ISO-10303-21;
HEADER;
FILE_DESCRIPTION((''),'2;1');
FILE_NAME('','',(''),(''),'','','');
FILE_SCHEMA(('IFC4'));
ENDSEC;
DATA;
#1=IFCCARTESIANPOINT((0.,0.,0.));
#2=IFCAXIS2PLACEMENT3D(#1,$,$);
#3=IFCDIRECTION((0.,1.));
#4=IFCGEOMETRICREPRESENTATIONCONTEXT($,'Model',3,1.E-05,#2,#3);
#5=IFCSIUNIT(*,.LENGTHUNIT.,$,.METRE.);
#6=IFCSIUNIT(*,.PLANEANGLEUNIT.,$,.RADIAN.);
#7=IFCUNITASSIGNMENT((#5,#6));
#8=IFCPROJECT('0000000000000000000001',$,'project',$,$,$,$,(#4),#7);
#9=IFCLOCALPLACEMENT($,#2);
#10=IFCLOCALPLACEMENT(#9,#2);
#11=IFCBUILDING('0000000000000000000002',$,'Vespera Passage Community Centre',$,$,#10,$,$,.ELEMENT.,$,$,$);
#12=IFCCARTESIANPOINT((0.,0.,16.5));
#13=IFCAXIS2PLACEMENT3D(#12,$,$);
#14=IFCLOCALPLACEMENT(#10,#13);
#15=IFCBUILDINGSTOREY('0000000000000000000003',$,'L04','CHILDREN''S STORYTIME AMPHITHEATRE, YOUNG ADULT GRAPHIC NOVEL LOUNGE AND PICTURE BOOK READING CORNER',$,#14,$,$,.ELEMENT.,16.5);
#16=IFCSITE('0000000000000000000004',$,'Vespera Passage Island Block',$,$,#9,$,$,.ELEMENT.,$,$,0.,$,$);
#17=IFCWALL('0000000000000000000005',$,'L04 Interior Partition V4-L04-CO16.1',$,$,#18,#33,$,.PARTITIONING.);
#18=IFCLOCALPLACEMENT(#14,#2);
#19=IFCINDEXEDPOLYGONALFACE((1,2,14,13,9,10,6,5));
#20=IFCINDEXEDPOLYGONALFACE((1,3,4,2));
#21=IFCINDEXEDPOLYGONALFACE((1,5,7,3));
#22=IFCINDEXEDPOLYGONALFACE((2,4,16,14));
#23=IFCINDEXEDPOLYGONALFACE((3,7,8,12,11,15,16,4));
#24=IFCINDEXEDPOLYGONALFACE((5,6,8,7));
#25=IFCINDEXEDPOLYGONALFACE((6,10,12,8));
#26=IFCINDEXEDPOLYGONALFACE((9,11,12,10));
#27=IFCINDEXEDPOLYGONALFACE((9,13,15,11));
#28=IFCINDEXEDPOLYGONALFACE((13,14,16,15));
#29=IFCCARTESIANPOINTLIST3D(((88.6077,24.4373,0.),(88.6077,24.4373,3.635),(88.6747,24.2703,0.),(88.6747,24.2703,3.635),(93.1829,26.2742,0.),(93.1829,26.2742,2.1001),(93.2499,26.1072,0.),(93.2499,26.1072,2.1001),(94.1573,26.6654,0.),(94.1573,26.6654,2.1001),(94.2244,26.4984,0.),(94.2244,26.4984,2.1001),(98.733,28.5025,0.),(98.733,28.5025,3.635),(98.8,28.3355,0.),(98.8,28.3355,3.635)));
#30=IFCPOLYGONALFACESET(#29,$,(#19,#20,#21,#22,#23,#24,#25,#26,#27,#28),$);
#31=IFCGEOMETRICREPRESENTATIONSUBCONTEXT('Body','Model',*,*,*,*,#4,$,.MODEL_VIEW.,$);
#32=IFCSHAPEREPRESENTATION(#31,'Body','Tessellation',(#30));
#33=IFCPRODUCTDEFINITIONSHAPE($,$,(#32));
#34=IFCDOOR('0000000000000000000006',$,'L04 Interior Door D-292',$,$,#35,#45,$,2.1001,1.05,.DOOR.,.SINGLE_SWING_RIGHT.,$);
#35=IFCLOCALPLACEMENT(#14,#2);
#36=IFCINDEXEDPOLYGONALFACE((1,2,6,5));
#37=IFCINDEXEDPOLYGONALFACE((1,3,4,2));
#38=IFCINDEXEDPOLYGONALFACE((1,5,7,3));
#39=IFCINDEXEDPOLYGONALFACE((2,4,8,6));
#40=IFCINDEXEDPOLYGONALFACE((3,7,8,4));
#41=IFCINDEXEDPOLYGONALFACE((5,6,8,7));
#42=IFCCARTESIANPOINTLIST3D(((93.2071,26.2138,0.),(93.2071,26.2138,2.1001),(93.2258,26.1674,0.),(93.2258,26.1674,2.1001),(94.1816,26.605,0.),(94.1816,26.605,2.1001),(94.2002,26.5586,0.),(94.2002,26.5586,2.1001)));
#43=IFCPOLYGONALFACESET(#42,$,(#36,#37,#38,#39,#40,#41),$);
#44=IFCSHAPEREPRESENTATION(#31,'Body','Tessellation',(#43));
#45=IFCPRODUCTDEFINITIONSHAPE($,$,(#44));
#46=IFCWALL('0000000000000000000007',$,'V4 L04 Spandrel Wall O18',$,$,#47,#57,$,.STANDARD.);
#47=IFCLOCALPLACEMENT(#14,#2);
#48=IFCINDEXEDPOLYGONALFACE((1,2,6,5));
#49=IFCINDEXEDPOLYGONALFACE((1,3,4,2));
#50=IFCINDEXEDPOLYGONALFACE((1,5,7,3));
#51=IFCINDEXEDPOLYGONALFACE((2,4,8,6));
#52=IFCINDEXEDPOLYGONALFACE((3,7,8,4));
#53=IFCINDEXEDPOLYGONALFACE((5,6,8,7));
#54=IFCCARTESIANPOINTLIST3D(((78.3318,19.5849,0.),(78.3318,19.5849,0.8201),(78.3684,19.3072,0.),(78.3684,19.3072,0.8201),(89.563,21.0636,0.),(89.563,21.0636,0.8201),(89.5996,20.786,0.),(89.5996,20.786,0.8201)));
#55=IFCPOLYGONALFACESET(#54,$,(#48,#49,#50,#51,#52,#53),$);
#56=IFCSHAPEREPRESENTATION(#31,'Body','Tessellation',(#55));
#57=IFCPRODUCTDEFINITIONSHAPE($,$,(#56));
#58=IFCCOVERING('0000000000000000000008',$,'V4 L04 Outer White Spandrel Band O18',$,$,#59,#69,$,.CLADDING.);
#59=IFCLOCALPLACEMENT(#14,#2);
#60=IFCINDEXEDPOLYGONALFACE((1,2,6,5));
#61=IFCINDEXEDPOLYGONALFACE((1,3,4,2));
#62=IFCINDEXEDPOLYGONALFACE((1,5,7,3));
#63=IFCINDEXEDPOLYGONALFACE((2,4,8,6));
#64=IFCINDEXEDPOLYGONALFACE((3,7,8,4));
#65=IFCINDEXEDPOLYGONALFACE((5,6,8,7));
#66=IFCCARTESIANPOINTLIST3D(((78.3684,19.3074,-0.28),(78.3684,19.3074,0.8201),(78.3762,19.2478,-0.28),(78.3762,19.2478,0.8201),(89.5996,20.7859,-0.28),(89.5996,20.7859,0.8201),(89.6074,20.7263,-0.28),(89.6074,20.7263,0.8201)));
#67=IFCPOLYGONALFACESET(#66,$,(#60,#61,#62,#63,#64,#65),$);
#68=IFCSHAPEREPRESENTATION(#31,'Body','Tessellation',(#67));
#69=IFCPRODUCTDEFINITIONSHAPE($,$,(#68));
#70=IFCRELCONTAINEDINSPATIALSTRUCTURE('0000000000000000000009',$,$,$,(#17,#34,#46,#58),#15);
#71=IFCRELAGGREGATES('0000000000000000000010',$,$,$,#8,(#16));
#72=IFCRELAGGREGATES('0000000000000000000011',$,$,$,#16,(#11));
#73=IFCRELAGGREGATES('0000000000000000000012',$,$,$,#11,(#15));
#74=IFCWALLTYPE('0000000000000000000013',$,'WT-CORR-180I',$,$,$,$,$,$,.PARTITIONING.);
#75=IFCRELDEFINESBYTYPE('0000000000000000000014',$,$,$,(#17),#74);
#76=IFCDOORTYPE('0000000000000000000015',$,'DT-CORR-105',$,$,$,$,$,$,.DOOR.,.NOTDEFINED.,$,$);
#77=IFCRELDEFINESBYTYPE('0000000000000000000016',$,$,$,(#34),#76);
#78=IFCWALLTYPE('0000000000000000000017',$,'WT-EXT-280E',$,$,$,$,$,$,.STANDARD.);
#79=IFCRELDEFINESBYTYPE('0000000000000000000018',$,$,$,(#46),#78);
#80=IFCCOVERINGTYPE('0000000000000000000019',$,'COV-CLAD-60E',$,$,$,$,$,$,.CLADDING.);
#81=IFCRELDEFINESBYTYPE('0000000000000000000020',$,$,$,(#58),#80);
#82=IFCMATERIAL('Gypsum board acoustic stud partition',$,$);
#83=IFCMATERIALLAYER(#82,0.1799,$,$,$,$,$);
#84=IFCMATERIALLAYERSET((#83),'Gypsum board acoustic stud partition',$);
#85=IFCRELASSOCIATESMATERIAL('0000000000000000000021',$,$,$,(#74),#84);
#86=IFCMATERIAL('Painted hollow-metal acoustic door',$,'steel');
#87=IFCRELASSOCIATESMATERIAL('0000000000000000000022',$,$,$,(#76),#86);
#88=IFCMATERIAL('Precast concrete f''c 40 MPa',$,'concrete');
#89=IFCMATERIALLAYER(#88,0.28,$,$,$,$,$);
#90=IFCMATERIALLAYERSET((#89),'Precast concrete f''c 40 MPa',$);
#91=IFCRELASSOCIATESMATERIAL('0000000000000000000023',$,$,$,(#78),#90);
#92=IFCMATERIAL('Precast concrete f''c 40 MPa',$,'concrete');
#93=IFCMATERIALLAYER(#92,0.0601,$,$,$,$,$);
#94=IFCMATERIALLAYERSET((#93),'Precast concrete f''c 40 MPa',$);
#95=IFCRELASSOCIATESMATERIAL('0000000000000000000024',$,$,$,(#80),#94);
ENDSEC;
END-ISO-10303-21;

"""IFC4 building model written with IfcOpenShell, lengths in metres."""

from ifc_helpers import new_model, si_unit, direction, frame, frame_2d, origin, place, context, subcontext, project, spatial, rectangle, extrude, material, layer, layer_set, type_object, element, fill, save


model = new_model("IFC4")

# Units and contexts
model_context = context("Model", 3, precision=1e-05, world=origin(), true_north=direction((0.0, 1.0)))
body_context = subcontext(model_context, "Body", "Model", "MODEL_VIEW")
ifc_project = project(units=[si_unit("LENGTHUNIT", "METRE"), si_unit("PLANEANGLEUNIT", "RADIAN")], contexts=[model_context])

# Site, building, storey
site_placement = place(None, origin())
site = spatial("IfcSite", under=ifc_project, at=site_placement, Name="Vespera Passage Island Block", CompositionType="ELEMENT", RefElevation=0.0)
building_placement = place(site_placement, origin())
building = spatial("IfcBuilding", under=site, at=building_placement, Name="Vespera Passage Community Centre", CompositionType="ELEMENT")
storey_placement = place(building_placement, frame((0.0, 0.0, 16.5)))
storey = spatial("IfcBuildingStorey", under=building, at=storey_placement, Name="L04", Description="CHILDREN'S STORYTIME AMPHITHEATRE, YOUNG ADULT GRAPHIC NOVEL LOUNGE AND PICTURE BOOK READING CORNER", CompositionType="ELEMENT", Elevation=16.5)

# Wall, opening, door
ifc_material_1 = material(Name="Gypsum board acoustic stud partition")
ifc_layer_1 = layer(ifc_material_1, 0.1799)
ifc_layer_set_1 = layer_set([ifc_layer_1], Name="Gypsum board acoustic stud partition")
wall_type_1 = type_object("IfcWallType", Name="WT-CORR-180I", PredefinedType="PARTITIONING", material=ifc_layer_set_1)
wall_1_placement = place(storey_placement, frame((88.6411, 24.3538, 0.0), z_axis=(0.0, 0.0, 1.0), x_axis=(0.927999, 0.372582, 0.0)))
wall_1 = element("IfcWall", 1, at=wall_1_placement, inside=storey, type_object=wall_type_1, Name="L04 Interior Partition V4-L04-CO16.1", PredefinedType="PARTITIONING", context=body_context, shape_type="SweptSolid", body=[
    extrude(rectangle(XDim=10.9109, YDim=0.1799, at=frame_2d((5.4556, 0.0))), origin(), (0.0, 0.0, 1.0), 3.635),
])
opening_placement = place(wall_1_placement, frame((4.9304, 0.0, 0.0)))
opening = element("IfcOpeningElement", 2, at=opening_placement, cuts=wall_1, PredefinedType="OPENING", context=body_context, shape_type="SweptSolid", body=[
    extrude(rectangle(XDim=1.05, YDim=2.1001, at=frame_2d((0.5249, 1.05))), frame((0.0, 0.0999, 0.0), z_axis=(0.0, -1.0, 0.0), x_axis=(1.0, 0.0, 0.0)), (0.0, 0.0, 1.0), 0.2),
])
ifc_material_2 = material(Name="Painted hollow-metal acoustic door", Category="steel")
door_type = type_object("IfcDoorType", Name="DT-CORR-105", OperationType="NOTDEFINED", PredefinedType="DOOR", material=ifc_material_2)
door_placement = place(opening_placement, origin())
door = element("IfcDoor", 3, at=door_placement, inside=storey, type_object=door_type, Name="L04 Interior Door D-292", OperationType="SINGLE_SWING_RIGHT", OverallHeight=2.1001, OverallWidth=1.05, PredefinedType="DOOR", context=body_context, shape_type="SweptSolid", body=[
    extrude(rectangle(XDim=1.05, YDim=2.1001, at=frame_2d((0.5249, 1.05))), frame((0.0, 0.0249, 0.0), z_axis=(0.0, -1.0, 0.0), x_axis=(1.0, 0.0, 0.0)), (0.0, 0.0, 1.0), 0.05),
])
fill(opening, door)

# Wall
ifc_material_3 = material(Name="Precast concrete f'c 40 MPa", Category="concrete")
ifc_layer_2 = layer(ifc_material_3, 0.28)
ifc_layer_set_2 = layer_set([ifc_layer_2], Name="Precast concrete f'c 40 MPa")
wall_type_2 = type_object("IfcWallType", Name="WT-EXT-280E", PredefinedType="STANDARD", material=ifc_layer_set_2)
wall_2_placement = place(storey_placement, frame((89.5813, 20.9248, 0.0), z_axis=(0.0, 0.0, 1.0), x_axis=(-0.991443, -0.130539, 0.0)))
element("IfcWall", 4, at=wall_2_placement, inside=storey, type_object=wall_type_2, Name="V4 L04 Spandrel Wall O18", PredefinedType="STANDARD", context=body_context, shape_type="SweptSolid", body=[
    extrude(rectangle(XDim=11.3281, YDim=0.28, at=frame_2d((5.6641, 0.0))), origin(), (0.0, 0.0, 1.0), 0.8201),
])

# Covering
ifc_material_4 = material(Name="Precast concrete f'c 40 MPa", Category="concrete")
ifc_layer_3 = layer(ifc_material_4, 0.0601)
ifc_layer_set_3 = layer_set([ifc_layer_3], Name="Precast concrete f'c 40 MPa")
covering_type = type_object("IfcCoveringType", Name="COV-CLAD-60E", PredefinedType="CLADDING", material=ifc_layer_set_3)
covering_placement = place(storey_placement, frame((89.6035, 20.7561, -0.28), z_axis=(0.0, 0.0, 1.0), x_axis=(-0.991446, -0.130518, 0.0)))
element("IfcCovering", 5, at=covering_placement, inside=storey, type_object=covering_type, Name="V4 L04 Outer White Spandrel Band O18", PredefinedType="CLADDING", context=body_context, shape_type="SweptSolid", body=[
    extrude(rectangle(XDim=11.3281, YDim=0.0601, at=frame_2d((5.6641, 0.0))), origin(), (0.0, 0.0, 1.0), 1.1001),
])

save(model, "model.ifc")
